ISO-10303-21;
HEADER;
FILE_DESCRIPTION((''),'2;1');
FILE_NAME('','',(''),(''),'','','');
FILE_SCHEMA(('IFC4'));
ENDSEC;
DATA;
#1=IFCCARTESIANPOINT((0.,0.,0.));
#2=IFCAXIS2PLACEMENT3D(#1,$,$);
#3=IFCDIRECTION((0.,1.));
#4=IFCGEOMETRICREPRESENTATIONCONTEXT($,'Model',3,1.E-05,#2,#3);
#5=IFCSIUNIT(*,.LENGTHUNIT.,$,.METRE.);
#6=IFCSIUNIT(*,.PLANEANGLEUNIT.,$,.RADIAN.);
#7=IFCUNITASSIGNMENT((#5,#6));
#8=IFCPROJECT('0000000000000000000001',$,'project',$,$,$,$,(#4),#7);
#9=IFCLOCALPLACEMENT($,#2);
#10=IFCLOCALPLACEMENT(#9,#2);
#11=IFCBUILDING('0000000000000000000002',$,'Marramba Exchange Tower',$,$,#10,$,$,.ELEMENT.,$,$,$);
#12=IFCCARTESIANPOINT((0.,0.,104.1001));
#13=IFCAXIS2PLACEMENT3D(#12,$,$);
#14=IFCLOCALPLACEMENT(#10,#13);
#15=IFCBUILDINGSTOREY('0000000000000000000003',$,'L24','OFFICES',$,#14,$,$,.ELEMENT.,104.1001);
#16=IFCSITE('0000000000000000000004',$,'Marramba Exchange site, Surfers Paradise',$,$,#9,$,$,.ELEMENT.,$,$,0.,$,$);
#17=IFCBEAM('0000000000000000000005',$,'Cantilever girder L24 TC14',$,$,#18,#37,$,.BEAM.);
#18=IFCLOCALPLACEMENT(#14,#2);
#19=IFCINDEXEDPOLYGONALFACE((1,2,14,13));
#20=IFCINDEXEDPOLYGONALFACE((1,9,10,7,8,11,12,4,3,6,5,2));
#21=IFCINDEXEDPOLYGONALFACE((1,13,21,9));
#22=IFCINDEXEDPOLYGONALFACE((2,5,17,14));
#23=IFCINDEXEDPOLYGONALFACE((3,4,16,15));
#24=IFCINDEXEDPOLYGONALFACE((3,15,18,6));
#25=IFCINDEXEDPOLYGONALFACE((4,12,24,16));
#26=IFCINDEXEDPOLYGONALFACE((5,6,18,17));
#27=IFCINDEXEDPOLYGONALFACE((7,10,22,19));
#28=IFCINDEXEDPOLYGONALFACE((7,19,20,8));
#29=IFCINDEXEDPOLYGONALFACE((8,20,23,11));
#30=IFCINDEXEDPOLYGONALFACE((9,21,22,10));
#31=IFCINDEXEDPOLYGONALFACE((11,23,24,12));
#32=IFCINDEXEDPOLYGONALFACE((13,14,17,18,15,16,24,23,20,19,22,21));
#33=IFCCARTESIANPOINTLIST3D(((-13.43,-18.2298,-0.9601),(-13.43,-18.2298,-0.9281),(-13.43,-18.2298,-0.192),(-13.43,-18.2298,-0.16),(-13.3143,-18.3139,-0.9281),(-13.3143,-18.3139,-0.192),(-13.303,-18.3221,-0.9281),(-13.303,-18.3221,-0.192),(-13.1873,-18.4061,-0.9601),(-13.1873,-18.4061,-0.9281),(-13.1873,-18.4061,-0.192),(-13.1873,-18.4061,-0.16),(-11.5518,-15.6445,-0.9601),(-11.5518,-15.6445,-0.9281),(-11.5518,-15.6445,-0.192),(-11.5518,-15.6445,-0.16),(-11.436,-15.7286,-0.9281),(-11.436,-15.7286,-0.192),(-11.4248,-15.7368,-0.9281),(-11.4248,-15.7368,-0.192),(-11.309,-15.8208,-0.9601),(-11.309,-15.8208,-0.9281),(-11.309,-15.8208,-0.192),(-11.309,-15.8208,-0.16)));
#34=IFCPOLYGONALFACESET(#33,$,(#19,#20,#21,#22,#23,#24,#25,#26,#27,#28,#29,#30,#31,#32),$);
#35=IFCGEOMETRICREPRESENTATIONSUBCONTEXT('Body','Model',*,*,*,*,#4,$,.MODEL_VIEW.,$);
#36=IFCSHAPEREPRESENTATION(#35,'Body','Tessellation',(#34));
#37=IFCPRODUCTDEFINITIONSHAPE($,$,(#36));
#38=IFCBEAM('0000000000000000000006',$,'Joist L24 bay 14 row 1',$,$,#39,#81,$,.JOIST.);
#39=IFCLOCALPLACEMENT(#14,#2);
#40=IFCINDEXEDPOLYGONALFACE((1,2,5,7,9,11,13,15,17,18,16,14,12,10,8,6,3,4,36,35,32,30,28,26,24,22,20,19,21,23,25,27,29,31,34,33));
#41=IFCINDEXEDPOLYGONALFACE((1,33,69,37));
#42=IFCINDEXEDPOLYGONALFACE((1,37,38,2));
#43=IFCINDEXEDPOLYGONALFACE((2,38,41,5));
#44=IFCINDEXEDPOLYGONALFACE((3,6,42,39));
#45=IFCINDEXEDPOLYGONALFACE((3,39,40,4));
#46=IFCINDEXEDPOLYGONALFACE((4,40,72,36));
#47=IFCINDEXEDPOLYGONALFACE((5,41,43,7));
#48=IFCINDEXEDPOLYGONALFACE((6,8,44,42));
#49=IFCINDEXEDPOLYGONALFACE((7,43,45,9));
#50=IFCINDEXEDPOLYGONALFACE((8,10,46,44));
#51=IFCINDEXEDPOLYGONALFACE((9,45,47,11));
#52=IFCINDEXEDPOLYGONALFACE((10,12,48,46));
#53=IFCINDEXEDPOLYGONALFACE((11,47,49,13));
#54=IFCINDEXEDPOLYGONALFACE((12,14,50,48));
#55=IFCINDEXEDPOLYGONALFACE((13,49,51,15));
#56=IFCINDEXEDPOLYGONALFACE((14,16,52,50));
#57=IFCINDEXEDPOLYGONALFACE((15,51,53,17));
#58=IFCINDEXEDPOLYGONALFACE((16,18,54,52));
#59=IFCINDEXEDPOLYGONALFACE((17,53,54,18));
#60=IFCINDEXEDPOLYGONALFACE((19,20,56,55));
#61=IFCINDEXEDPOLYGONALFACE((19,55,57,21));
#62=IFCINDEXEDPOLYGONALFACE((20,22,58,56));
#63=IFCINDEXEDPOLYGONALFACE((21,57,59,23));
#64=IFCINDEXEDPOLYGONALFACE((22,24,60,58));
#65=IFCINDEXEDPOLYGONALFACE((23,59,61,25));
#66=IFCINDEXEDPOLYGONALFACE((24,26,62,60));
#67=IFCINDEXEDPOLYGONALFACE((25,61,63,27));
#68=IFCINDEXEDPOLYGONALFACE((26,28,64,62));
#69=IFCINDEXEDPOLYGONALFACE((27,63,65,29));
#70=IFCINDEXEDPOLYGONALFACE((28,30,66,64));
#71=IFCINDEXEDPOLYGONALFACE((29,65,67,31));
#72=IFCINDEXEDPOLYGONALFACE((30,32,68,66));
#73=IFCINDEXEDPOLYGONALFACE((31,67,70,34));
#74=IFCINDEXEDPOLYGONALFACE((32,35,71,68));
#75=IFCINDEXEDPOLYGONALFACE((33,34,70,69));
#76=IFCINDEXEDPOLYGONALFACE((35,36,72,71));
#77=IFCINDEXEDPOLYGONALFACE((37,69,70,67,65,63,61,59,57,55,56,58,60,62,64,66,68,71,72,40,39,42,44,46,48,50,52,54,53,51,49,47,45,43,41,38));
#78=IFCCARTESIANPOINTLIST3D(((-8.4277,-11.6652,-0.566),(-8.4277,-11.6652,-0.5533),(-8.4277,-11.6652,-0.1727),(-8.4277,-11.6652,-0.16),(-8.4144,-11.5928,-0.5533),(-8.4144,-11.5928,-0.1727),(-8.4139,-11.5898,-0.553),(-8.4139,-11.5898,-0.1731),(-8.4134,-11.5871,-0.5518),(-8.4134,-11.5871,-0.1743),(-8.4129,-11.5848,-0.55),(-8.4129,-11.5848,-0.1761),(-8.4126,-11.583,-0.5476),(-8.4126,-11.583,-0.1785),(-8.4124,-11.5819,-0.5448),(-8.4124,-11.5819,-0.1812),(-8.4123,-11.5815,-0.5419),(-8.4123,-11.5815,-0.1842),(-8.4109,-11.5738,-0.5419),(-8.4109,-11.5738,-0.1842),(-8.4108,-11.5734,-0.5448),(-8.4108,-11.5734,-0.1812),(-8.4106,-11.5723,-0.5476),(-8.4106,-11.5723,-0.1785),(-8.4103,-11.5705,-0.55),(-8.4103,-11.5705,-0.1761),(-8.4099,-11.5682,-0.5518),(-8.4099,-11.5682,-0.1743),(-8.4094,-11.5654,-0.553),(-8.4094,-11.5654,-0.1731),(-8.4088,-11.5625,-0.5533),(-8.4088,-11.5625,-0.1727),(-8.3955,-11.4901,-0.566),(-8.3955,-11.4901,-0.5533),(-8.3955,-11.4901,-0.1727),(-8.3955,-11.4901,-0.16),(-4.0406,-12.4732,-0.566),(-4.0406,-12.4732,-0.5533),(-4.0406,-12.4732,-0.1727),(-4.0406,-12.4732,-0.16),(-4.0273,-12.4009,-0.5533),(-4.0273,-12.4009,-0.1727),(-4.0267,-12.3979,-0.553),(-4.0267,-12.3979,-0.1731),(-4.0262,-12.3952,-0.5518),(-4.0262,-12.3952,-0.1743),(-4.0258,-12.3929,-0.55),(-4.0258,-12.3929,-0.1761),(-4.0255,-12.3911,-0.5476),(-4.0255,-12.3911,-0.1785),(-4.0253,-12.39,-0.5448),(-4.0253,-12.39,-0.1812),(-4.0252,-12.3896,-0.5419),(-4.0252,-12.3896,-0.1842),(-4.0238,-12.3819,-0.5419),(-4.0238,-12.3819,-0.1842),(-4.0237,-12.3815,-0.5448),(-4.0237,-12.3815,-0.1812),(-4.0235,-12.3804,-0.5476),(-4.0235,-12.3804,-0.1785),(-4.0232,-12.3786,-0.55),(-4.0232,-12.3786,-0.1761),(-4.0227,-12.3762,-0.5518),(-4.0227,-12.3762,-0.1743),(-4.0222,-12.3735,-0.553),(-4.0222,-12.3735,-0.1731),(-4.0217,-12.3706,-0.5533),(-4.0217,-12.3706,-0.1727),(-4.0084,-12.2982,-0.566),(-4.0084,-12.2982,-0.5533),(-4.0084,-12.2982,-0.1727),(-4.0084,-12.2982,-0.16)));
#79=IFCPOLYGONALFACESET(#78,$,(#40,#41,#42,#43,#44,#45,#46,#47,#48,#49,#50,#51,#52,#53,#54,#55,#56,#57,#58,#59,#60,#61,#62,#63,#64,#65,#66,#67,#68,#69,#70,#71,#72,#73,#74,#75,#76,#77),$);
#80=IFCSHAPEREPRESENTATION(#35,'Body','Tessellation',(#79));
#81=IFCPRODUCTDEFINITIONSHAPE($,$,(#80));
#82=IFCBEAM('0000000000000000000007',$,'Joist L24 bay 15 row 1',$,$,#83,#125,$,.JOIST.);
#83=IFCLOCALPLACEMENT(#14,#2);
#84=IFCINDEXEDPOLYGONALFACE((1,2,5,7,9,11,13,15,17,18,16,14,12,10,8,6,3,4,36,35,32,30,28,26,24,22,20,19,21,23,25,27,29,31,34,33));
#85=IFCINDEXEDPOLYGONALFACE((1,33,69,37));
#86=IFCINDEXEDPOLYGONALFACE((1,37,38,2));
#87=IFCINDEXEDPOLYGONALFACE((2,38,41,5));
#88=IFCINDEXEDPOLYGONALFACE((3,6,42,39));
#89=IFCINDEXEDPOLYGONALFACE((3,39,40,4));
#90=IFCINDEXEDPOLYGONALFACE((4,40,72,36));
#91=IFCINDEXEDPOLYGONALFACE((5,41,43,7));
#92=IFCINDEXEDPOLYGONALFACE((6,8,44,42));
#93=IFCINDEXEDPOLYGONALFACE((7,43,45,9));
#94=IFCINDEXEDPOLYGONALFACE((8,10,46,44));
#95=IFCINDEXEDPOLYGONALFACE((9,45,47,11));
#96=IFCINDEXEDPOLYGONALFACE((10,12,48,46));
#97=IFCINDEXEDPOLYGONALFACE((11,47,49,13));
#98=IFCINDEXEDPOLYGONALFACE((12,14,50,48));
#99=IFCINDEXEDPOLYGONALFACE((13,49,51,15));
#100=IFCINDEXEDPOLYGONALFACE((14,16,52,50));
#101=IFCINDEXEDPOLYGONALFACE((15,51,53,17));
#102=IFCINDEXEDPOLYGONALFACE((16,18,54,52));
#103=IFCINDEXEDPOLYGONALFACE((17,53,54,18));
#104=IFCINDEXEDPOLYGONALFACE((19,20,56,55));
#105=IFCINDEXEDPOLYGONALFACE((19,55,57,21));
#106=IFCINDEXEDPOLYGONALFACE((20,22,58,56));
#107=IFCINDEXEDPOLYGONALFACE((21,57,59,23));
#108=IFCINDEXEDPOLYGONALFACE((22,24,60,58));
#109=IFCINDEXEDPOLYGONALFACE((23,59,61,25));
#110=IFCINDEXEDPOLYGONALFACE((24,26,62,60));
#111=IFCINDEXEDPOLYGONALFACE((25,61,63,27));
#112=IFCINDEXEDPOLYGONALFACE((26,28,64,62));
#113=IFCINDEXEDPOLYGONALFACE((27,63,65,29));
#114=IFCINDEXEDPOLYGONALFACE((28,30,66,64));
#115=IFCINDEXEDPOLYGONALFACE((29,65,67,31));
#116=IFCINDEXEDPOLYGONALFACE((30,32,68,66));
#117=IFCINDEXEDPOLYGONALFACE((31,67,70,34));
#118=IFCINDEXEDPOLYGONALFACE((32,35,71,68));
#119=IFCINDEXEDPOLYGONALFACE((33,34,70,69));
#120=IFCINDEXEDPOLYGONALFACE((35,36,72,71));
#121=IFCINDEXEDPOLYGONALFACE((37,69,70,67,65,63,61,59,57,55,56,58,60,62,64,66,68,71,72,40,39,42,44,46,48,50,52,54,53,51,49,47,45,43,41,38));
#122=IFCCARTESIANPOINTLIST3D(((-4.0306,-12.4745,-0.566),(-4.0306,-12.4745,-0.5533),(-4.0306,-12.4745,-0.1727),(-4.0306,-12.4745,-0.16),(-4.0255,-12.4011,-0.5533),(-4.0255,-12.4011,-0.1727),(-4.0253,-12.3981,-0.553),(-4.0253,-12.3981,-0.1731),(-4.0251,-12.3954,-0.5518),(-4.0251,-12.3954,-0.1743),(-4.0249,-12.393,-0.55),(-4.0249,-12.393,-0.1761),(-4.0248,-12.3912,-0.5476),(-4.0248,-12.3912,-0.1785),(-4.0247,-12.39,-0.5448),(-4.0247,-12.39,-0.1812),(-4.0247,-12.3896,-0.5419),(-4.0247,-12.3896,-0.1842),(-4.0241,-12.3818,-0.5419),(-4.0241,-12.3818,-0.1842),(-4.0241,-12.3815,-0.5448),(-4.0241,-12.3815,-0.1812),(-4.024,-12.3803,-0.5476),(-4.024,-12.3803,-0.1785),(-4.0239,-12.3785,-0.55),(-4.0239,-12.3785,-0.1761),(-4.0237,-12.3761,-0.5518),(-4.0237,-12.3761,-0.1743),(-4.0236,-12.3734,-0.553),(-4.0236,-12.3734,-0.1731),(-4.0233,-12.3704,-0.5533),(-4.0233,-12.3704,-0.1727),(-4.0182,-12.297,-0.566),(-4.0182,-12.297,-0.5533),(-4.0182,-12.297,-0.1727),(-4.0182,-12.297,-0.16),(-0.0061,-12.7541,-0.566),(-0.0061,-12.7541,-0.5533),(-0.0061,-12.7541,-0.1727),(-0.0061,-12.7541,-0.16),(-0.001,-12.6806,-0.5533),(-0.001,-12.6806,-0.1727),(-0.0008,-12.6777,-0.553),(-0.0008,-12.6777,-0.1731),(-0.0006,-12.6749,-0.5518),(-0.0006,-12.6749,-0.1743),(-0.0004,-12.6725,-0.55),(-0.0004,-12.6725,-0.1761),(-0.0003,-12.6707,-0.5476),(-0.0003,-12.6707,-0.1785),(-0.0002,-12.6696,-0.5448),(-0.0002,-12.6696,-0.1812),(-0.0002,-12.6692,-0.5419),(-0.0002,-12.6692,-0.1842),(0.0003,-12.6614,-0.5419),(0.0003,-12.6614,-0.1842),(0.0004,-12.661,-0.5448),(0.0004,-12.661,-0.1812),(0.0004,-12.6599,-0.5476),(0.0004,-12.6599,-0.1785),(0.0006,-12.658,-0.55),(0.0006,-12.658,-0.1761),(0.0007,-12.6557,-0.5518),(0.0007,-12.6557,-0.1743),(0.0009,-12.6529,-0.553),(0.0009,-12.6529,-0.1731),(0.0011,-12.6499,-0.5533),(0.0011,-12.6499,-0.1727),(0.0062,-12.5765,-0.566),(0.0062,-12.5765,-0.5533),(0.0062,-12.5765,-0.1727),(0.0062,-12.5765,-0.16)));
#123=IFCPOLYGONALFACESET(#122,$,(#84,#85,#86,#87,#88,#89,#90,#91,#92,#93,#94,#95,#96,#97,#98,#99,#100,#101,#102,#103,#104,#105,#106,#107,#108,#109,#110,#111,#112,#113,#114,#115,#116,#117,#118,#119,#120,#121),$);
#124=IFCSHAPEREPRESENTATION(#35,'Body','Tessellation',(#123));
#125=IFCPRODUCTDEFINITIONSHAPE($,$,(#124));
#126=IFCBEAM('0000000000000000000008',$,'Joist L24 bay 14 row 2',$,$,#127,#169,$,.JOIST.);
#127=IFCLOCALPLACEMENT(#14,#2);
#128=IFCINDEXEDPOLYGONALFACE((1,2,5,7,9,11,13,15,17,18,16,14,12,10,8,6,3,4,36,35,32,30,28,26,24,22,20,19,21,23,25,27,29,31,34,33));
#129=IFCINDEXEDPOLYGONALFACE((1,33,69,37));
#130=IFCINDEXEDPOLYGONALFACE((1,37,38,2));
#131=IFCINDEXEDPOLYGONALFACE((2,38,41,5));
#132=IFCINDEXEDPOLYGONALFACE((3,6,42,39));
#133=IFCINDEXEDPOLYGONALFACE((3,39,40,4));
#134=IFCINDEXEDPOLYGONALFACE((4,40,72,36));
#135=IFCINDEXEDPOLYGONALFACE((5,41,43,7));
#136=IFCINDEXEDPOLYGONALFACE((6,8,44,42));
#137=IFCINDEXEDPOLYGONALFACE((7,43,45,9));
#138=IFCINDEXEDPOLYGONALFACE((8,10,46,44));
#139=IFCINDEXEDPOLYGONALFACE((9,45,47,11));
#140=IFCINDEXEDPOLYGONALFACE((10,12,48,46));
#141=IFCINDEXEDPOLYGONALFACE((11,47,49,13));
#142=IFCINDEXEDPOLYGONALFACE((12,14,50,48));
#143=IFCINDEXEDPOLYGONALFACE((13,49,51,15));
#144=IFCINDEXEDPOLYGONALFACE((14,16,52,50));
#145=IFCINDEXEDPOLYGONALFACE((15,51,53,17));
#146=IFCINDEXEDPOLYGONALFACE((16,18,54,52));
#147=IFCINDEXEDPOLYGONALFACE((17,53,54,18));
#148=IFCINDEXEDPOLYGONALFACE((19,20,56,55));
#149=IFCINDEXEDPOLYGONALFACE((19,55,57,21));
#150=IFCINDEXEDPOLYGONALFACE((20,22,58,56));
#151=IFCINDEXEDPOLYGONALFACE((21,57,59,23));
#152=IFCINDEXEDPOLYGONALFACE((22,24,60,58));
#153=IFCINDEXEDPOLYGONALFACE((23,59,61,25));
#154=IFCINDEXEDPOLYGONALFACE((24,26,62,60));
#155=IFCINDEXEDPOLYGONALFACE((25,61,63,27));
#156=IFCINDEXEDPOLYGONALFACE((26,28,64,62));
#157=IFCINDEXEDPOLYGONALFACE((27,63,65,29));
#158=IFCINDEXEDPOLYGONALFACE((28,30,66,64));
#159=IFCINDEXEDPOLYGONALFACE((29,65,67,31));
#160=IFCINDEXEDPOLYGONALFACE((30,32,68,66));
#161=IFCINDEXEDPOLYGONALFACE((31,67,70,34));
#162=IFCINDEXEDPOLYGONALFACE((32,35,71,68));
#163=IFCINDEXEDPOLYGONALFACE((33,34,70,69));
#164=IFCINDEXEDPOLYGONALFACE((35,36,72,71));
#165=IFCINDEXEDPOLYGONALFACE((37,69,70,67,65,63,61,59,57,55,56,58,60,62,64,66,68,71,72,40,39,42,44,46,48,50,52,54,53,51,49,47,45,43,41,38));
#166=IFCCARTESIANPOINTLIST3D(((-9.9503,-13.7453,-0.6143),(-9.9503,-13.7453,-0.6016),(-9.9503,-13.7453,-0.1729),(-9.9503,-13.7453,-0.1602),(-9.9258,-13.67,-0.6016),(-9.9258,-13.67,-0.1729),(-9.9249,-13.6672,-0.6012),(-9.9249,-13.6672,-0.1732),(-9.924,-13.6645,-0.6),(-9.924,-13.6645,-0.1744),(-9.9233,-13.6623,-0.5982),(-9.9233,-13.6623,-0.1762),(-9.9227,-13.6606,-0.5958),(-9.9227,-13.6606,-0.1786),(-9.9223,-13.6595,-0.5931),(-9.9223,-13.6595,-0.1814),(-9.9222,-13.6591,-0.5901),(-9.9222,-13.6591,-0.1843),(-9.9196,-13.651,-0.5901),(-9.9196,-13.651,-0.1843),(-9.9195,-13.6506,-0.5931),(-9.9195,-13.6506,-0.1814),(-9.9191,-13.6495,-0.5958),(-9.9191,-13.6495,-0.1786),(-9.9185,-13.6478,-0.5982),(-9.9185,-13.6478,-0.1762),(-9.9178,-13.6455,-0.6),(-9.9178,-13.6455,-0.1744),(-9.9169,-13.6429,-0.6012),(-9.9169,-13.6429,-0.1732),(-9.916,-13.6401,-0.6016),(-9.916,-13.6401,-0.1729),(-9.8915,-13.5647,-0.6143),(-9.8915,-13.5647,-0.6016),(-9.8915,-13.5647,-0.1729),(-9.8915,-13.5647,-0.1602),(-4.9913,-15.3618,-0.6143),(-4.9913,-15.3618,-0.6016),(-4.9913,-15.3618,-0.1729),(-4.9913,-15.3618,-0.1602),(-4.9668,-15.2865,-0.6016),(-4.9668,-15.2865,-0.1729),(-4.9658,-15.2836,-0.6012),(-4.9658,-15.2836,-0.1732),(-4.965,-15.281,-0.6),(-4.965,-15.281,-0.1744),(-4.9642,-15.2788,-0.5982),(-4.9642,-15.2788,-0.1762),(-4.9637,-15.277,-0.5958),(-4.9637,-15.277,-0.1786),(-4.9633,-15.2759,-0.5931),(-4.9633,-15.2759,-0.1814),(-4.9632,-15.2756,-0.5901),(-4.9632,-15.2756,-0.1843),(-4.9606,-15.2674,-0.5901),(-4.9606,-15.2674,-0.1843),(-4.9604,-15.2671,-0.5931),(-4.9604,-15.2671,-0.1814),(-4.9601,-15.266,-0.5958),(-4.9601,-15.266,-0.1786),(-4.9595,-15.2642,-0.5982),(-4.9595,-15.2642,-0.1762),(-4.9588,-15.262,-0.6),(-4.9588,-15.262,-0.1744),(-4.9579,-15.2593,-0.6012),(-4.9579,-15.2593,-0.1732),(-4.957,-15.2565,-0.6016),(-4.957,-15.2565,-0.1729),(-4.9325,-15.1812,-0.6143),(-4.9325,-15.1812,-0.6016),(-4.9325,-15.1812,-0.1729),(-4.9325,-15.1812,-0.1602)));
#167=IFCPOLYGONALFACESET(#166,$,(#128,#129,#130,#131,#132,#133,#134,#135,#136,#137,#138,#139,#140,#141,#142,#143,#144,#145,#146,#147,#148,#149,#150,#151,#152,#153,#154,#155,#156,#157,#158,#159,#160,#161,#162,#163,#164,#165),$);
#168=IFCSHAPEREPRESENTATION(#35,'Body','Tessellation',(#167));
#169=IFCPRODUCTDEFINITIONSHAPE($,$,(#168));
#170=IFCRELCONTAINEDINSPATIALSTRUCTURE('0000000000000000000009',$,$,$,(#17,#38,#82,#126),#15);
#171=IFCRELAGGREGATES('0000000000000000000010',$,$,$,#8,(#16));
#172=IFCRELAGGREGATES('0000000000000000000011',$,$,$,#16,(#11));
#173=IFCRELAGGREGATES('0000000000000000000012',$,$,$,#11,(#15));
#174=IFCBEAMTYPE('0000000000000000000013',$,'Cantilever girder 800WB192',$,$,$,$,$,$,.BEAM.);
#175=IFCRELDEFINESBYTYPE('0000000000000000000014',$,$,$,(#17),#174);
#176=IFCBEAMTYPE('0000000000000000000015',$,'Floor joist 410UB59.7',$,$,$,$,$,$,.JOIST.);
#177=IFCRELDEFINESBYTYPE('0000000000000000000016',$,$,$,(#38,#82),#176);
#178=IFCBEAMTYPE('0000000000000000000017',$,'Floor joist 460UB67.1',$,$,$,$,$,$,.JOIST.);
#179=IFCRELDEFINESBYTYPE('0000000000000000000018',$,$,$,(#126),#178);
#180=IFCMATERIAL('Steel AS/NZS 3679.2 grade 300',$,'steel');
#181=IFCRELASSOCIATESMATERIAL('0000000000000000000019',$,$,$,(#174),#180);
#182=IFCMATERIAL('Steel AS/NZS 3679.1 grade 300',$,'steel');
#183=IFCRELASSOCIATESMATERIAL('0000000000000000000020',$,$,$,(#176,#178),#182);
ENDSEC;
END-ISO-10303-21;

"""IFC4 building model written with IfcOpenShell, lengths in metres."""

from ifc_helpers import new_model, si_unit, direction, frame, origin, origin_2d, place, context, subcontext, project, spatial, i_section, extrude, material, material_profile, profile_set, type_object, element, save


model = new_model("IFC4")

# Units and contexts
model_context = context("Model", 3, precision=1e-05, world=origin(), true_north=direction((0.0, 1.0)))
body_context = subcontext(model_context, "Body", "Model", "MODEL_VIEW")
ifc_project = project(units=[si_unit("LENGTHUNIT", "METRE"), si_unit("PLANEANGLEUNIT", "RADIAN")], contexts=[model_context])

# Site, building, storey
site_placement = place(None, origin())
site = spatial("IfcSite", under=ifc_project, at=site_placement, Name="Marramba Exchange site, Surfers Paradise", CompositionType="ELEMENT", RefElevation=0.0)
building_placement = place(site_placement, origin())
building = spatial("IfcBuilding", under=site, at=building_placement, Name="Marramba Exchange Tower", CompositionType="ELEMENT")
storey_placement = place(building_placement, frame((0.0, 0.0, 104.1001)))
storey = spatial("IfcBuildingStorey", under=building, at=storey_placement, Name="L24", Description="OFFICES", CompositionType="ELEMENT", Elevation=104.1001)

# Beams
ifc_material_1 = material(Name="Steel AS/NZS 3679.2 grade 300", Category="steel")
ifc_material_profile_1 = material_profile(ifc_material_1, i_section(OverallWidth=0.3, OverallDepth=0.8, WebThickness=0.0139, FlangeThickness=0.032, at=origin_2d()), Name="800WB192")
ifc_profile_set_1 = profile_set([ifc_material_profile_1], Name="Steel AS/NZS 3679.2 grade 300")
beam_type_1 = type_object("IfcBeamType", Name="Cantilever girder 800WB192", PredefinedType="BEAM", material=ifc_profile_set_1)
beam_1_placement = place(storey_placement, frame((-11.4304, -15.7327, -0.5601), z_axis=(-0.587767, -0.80903, 0.0), x_axis=(0.80903, -0.587767, 0.0)))
element("IfcBeam", 1, at=beam_1_placement, inside=storey, type_object=beam_type_1, Name="Cantilever girder L24 TC14", PredefinedType="BEAM", context=body_context, shape_type="SweptSolid", body=[
    extrude(i_section(OverallWidth=0.3, OverallDepth=0.8, WebThickness=0.0139, FlangeThickness=0.032, at=origin_2d()), origin(), (0.0, 0.0, 1.0), 3.1956),
])
ifc_material_2 = material(Name="Steel AS/NZS 3679.1 grade 300", Category="steel")
ifc_material_profile_2 = material_profile(ifc_material_2, i_section(OverallWidth=0.178, OverallDepth=0.406, WebThickness=0.0078, FlangeThickness=0.0127, FilletRadius=0.0115, at=origin_2d()), Name="410UB59.7")
ifc_profile_set_2 = profile_set([ifc_material_profile_2], Name="Steel AS/NZS 3679.1 grade 300")
beam_type_2 = type_object("IfcBeamType", Name="Floor joist 410UB59.7", PredefinedType="JOIST", material=ifc_profile_set_2)
beam_2_placement = place(storey_placement, frame((-8.4116, -11.5776, -0.363), z_axis=(0.983456, -0.181149, 0.0), x_axis=(0.181149, 0.983456, 0.0)))
element("IfcBeam", 2, at=beam_2_placement, inside=storey, type_object=beam_type_2, Name="Joist L24 bay 14 row 1", PredefinedType="JOIST", context=body_context, shape_type="SweptSolid", body=[
    extrude(i_section(OverallWidth=0.178, OverallDepth=0.406, WebThickness=0.0078, FlangeThickness=0.0127, FilletRadius=0.0115, at=origin_2d()), origin(), (0.0, 0.0, 1.0), 4.4609),
])
beam_3_placement = place(storey_placement, frame((-4.0244, -12.3857, -0.363), z_axis=(0.997596, -0.069294, 0.0), x_axis=(0.069294, 0.997596, 0.0)))
element("IfcBeam", 3, at=beam_3_placement, inside=storey, type_object=beam_type_2, Name="Joist L24 bay 15 row 1", PredefinedType="JOIST", context=body_context, shape_type="SweptSolid", body=[
    extrude(i_section(OverallWidth=0.178, OverallDepth=0.406, WebThickness=0.0078, FlangeThickness=0.0127, FilletRadius=0.0115, at=origin_2d()), origin(), (0.0, 0.0, 1.0), 4.0342),
])
ifc_material_profile_3 = material_profile(ifc_material_2, i_section(OverallWidth=0.1899, OverallDepth=0.4541, WebThickness=0.0085, FlangeThickness=0.0127, FilletRadius=0.0115, at=origin_2d()), Name="460UB67.1")
ifc_profile_set_3 = profile_set([ifc_material_profile_3], Name="Steel AS/NZS 3679.1 grade 300")
beam_type_3 = type_object("IfcBeamType", Name="Floor joist 460UB67.1", PredefinedType="JOIST", material=ifc_profile_set_3)
beam_4_placement = place(storey_placement, frame((-9.9209, -13.655, -0.3872), z_axis=(0.950764, -0.309916, 0.0), x_axis=(0.309916, 0.950764, 0.0)))
element("IfcBeam", 4, at=beam_4_placement, inside=storey, type_object=beam_type_3, Name="Joist L24 bay 14 row 2", PredefinedType="JOIST", context=body_context, shape_type="SweptSolid", body=[
    extrude(i_section(OverallWidth=0.1899, OverallDepth=0.4541, WebThickness=0.0085, FlangeThickness=0.0127, FilletRadius=0.0115, at=origin_2d()), origin(), (0.0, 0.0, 1.0), 5.2158),
])

save(model, "model.ifc")
